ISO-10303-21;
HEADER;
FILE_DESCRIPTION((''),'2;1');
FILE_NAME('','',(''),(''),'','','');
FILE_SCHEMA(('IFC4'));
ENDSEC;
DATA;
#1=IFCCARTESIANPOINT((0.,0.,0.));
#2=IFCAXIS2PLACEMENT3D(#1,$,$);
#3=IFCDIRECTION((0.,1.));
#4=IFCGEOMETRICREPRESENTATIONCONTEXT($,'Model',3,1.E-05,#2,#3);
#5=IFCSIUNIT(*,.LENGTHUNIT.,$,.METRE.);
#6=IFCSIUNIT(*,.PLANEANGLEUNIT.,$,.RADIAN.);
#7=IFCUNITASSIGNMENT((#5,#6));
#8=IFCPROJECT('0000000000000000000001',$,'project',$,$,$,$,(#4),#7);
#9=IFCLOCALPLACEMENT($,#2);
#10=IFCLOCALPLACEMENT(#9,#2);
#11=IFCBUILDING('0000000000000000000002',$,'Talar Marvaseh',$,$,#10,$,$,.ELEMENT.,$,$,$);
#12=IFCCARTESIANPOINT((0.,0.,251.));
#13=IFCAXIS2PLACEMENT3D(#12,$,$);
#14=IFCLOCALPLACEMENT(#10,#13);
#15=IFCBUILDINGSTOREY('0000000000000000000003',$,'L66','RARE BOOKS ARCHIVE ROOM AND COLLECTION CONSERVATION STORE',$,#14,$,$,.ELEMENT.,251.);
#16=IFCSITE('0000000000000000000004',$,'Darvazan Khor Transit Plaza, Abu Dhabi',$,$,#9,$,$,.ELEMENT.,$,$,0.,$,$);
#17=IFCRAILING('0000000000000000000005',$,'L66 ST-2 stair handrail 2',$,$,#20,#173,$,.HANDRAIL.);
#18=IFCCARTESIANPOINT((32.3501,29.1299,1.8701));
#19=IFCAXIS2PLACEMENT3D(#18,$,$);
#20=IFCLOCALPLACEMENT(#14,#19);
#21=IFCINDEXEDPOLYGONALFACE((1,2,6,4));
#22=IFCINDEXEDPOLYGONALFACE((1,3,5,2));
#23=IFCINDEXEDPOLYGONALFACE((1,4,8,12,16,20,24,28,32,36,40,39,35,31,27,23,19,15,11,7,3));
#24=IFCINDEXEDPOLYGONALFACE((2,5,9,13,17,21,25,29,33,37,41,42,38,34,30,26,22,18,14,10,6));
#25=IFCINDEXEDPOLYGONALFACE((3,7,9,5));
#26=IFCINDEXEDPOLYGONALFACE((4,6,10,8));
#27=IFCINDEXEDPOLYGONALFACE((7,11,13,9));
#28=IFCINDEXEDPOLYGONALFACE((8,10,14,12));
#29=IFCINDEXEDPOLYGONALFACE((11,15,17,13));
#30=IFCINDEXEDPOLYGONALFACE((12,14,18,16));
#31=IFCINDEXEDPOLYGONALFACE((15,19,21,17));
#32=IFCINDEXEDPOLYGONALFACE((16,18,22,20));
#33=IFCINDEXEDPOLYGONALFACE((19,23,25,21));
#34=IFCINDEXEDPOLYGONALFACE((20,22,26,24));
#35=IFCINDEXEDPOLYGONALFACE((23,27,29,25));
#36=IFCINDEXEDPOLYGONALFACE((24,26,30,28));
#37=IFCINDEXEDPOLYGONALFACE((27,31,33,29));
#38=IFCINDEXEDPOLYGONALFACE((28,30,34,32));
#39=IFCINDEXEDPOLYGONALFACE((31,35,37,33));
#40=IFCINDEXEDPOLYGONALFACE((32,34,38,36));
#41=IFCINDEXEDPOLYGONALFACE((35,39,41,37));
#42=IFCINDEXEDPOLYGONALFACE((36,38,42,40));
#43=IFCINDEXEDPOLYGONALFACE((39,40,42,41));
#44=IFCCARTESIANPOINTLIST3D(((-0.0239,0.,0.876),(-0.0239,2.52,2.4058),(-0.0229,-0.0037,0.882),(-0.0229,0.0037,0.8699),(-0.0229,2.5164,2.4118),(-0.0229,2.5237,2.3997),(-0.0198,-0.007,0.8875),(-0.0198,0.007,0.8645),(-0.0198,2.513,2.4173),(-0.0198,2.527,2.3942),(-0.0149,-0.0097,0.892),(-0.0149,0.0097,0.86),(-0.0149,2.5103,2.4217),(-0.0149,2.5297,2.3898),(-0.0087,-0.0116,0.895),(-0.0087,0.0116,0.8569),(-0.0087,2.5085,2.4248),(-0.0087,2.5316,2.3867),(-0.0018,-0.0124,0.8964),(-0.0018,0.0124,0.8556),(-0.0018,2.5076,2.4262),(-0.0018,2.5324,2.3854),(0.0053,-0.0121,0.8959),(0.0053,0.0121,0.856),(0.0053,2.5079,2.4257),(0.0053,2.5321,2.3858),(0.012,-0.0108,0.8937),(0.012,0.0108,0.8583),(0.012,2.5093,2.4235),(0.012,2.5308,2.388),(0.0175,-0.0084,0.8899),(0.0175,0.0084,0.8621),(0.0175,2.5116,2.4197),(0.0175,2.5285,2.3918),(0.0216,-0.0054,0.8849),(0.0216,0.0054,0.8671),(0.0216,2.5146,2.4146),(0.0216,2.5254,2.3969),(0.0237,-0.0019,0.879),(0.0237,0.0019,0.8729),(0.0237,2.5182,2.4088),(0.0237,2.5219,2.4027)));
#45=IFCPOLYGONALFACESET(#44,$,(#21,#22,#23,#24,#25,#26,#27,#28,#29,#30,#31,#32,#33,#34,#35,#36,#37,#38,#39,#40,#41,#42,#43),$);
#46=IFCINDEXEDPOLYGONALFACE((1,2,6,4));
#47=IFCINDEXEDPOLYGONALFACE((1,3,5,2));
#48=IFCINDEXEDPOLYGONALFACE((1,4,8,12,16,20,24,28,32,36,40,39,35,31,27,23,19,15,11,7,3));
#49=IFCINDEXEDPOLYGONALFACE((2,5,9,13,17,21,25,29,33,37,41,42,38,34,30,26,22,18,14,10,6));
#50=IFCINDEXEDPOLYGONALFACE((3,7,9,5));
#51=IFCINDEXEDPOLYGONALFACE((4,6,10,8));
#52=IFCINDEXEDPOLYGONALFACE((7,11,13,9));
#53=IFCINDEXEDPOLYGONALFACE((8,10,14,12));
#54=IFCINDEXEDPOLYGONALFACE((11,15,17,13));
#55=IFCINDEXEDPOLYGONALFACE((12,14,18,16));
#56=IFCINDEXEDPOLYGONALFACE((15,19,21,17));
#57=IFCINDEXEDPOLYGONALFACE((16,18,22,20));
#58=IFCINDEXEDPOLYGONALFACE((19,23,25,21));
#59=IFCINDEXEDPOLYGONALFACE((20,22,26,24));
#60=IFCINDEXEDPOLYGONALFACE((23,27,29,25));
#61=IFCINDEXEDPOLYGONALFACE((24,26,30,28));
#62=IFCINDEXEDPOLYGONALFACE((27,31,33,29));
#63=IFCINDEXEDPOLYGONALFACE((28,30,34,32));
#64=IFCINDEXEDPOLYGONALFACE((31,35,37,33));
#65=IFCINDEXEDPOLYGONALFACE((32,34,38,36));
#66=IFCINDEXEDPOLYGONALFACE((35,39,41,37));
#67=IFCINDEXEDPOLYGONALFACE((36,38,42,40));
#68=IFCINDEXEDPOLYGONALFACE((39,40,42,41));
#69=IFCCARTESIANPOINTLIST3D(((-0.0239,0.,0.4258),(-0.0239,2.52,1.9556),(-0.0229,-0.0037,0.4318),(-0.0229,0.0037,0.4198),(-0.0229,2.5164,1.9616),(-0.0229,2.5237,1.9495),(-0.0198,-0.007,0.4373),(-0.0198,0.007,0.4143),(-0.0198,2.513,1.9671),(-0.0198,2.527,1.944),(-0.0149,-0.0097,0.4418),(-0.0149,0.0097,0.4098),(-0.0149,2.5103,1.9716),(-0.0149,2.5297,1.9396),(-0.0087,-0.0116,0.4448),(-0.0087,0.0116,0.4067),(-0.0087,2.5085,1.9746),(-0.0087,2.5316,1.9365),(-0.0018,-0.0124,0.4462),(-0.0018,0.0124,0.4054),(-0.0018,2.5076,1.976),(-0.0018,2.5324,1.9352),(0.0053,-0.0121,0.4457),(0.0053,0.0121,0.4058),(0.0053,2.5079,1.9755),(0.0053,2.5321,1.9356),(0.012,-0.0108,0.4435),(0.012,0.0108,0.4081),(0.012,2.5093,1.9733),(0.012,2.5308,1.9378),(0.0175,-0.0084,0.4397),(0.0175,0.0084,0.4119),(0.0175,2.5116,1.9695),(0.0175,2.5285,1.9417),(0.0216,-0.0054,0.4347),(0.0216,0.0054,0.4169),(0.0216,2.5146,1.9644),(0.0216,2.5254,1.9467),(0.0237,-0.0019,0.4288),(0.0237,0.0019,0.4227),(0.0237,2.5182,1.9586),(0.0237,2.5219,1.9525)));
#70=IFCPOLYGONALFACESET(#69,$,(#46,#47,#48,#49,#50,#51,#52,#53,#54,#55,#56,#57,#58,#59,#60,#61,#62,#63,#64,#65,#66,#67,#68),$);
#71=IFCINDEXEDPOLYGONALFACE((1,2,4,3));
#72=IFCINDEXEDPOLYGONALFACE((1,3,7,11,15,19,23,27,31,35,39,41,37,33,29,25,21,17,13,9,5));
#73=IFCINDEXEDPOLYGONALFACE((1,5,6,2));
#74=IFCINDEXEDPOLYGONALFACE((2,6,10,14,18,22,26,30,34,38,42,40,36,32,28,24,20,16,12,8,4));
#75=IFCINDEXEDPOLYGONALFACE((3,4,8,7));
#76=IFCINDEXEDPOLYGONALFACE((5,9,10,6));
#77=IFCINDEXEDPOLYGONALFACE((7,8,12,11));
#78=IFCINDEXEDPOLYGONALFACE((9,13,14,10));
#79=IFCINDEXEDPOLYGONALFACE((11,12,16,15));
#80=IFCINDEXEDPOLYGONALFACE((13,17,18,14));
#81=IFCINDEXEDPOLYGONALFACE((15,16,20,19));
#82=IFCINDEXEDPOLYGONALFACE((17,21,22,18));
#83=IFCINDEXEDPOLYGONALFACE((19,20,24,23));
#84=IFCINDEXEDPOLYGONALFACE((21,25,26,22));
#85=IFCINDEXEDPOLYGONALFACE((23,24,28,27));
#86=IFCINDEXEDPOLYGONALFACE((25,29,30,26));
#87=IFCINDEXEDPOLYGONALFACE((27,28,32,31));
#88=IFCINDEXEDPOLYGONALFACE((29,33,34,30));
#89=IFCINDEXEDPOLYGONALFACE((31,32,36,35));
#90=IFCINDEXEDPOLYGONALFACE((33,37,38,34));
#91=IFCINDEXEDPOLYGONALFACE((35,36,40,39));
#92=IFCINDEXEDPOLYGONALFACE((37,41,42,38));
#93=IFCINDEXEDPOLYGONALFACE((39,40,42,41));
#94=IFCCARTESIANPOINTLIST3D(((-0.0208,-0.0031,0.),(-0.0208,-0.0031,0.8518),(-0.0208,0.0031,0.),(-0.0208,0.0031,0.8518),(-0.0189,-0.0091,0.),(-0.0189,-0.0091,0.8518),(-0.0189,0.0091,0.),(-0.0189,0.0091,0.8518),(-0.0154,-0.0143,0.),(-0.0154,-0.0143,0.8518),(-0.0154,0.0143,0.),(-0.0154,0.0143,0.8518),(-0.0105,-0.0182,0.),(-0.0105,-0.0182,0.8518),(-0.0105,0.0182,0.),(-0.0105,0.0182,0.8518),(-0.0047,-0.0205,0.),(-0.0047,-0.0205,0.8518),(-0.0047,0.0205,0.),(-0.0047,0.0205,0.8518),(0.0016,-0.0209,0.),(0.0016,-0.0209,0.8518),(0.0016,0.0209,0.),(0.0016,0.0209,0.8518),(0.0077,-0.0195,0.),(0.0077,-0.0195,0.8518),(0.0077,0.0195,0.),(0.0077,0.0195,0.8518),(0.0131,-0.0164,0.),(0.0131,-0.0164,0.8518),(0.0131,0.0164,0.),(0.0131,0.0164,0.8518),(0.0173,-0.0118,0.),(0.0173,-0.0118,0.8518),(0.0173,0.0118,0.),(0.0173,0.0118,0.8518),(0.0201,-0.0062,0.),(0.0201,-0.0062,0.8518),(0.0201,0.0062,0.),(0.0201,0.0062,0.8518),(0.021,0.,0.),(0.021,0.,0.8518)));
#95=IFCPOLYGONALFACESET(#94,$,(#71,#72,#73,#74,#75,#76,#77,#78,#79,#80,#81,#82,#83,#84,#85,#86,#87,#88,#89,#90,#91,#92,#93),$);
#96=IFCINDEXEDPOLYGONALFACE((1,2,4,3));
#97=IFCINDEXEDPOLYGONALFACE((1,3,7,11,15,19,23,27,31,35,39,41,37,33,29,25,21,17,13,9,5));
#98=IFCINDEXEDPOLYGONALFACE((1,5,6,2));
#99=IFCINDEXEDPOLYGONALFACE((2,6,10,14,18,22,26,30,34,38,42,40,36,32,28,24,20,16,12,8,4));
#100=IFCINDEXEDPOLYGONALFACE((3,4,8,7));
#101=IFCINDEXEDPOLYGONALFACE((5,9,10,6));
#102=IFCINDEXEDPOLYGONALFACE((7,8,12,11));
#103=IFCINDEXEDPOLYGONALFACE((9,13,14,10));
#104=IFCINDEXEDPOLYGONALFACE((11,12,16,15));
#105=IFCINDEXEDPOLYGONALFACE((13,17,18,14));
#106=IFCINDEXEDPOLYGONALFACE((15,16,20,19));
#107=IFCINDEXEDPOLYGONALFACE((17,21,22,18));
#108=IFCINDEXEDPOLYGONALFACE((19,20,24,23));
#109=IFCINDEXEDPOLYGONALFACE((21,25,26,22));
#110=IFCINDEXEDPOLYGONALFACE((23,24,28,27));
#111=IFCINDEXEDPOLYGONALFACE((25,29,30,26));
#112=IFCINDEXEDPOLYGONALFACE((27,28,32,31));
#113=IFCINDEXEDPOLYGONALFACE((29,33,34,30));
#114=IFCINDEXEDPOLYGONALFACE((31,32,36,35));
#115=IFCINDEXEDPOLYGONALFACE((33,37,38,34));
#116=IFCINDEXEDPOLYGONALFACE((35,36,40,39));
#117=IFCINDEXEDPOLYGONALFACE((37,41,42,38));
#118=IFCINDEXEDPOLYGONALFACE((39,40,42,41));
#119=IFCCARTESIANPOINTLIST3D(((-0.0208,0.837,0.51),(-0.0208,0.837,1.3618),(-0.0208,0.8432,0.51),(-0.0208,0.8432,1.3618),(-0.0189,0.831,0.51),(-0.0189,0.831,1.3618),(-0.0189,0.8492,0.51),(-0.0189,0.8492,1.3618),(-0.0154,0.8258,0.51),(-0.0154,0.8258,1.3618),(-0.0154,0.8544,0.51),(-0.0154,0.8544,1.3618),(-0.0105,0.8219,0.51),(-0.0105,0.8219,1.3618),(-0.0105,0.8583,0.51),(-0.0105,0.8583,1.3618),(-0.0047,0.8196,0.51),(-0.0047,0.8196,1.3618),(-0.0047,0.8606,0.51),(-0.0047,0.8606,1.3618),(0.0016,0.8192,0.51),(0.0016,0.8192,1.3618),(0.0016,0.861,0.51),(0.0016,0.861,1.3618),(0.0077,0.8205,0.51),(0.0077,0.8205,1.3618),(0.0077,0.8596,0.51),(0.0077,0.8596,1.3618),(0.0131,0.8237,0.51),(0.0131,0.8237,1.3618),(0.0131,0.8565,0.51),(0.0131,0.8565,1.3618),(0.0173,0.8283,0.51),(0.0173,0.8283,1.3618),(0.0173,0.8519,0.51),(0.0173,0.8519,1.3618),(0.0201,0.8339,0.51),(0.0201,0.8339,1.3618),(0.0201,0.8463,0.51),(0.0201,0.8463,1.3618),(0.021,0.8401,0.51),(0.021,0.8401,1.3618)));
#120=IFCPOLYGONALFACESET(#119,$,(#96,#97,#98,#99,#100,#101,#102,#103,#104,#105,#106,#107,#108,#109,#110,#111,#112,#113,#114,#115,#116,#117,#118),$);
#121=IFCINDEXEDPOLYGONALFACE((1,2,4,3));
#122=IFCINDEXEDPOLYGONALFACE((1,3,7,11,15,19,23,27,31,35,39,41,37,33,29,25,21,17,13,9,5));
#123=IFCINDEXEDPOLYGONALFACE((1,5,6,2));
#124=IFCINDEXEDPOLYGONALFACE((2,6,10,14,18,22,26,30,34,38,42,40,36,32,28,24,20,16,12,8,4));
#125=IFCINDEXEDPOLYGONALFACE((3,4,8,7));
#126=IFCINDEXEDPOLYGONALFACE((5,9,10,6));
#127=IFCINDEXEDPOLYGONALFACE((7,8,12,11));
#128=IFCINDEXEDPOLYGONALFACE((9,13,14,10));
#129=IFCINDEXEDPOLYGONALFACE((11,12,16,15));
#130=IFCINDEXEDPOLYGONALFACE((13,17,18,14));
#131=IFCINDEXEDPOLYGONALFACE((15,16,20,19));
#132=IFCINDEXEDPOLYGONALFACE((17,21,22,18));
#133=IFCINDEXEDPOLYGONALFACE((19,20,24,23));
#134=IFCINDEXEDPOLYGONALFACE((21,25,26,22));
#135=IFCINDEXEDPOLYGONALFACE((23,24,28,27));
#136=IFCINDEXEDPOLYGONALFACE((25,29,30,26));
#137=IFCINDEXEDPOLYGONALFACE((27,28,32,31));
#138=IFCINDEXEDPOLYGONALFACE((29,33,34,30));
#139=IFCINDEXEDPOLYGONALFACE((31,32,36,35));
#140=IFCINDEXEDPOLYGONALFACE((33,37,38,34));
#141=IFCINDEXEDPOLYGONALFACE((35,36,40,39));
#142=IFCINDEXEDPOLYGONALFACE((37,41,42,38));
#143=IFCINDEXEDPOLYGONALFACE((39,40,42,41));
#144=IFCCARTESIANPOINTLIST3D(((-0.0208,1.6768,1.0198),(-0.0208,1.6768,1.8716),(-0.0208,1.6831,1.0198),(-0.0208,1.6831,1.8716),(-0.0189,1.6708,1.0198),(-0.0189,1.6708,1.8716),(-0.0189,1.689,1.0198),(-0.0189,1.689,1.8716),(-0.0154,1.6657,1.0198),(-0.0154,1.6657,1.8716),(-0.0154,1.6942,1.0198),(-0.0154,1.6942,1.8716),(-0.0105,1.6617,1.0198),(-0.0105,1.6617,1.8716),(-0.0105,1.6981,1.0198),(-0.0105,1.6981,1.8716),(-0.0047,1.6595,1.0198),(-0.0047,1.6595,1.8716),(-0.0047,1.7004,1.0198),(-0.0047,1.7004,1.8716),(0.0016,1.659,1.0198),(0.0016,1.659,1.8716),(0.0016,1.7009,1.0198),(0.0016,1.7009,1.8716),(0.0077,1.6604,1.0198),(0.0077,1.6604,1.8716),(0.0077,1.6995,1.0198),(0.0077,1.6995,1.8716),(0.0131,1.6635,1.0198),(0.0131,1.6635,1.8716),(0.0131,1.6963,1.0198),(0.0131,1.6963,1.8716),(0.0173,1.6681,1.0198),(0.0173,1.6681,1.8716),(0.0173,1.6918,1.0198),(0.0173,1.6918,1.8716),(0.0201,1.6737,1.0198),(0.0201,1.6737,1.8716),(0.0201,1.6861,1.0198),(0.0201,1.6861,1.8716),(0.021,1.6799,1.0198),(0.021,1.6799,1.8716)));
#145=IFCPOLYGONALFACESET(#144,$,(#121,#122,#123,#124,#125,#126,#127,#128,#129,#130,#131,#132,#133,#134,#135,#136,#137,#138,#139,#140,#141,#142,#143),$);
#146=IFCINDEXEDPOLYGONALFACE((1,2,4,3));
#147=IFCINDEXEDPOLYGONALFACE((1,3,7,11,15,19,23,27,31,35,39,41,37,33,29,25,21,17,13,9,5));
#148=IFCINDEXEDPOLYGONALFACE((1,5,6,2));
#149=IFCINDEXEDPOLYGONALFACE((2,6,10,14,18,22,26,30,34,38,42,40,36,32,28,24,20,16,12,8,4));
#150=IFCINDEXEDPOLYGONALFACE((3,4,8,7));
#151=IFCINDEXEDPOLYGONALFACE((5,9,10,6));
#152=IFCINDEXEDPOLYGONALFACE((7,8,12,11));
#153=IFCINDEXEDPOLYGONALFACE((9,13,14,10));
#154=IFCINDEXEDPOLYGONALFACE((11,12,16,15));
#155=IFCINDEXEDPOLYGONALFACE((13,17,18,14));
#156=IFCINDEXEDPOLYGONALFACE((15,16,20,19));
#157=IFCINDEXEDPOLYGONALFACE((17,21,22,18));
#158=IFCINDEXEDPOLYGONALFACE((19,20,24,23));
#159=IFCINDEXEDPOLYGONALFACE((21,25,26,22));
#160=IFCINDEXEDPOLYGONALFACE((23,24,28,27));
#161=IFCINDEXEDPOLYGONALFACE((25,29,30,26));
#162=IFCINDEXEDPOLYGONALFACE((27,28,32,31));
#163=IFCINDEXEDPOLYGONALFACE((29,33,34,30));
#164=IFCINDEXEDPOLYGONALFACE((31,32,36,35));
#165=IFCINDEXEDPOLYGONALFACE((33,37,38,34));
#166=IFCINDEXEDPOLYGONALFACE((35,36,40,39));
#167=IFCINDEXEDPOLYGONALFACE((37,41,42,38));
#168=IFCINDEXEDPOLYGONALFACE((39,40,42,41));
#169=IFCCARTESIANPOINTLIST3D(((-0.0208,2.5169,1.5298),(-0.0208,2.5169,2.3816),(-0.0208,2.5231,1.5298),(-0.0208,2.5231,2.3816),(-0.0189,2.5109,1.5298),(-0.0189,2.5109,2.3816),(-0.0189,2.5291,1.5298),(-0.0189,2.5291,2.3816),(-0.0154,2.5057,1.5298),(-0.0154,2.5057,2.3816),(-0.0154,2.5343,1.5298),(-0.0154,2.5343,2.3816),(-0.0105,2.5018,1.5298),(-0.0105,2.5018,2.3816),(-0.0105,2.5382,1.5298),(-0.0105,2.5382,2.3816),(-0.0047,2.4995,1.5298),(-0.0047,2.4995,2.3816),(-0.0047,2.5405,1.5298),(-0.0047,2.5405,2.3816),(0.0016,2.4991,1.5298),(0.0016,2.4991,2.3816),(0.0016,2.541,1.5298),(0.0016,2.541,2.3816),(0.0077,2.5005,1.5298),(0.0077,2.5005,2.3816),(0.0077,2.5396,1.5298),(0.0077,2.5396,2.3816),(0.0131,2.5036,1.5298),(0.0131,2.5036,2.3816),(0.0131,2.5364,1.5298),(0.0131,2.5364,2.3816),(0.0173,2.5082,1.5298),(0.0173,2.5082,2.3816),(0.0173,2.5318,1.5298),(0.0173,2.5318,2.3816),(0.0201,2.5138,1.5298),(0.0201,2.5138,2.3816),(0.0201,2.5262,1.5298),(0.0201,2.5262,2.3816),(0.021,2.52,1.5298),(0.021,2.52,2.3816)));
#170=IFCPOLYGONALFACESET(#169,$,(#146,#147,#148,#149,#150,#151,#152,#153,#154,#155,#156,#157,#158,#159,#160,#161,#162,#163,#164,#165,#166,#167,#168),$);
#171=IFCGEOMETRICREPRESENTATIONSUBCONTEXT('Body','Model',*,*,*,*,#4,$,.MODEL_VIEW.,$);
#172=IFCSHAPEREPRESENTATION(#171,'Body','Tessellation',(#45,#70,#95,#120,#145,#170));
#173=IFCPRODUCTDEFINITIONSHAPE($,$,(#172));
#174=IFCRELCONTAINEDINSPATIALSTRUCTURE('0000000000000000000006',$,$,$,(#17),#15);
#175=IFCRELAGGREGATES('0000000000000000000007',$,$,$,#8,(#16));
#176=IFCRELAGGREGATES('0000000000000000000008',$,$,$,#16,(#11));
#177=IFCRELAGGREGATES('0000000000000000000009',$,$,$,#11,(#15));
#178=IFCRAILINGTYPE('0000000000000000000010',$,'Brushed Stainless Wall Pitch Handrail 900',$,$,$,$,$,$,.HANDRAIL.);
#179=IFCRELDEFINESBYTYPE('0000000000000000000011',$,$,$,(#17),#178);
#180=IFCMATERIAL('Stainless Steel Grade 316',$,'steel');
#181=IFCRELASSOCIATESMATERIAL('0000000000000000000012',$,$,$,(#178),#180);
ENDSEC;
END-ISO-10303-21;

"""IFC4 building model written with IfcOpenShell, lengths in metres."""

from ifc_helpers import new_model, si_unit, direction, frame, origin, origin_2d, place, context, subcontext, project, spatial, circle, extrude, material, type_object, element, save


model = new_model("IFC4")

# Units and contexts
model_context = context("Model", 3, precision=1e-05, world=origin(), true_north=direction((0.0, 1.0)))
body_context = subcontext(model_context, "Body", "Model", "MODEL_VIEW")
ifc_project = project(units=[si_unit("LENGTHUNIT", "METRE"), si_unit("PLANEANGLEUNIT", "RADIAN")], contexts=[model_context])

# Site, building, storey
site_placement = place(None, origin())
site = spatial("IfcSite", under=ifc_project, at=site_placement, Name="Darvazan Khor Transit Plaza, Abu Dhabi", CompositionType="ELEMENT", RefElevation=0.0)
building_placement = place(site_placement, origin())
building = spatial("IfcBuilding", under=site, at=building_placement, Name="Talar Marvaseh", CompositionType="ELEMENT")
storey_placement = place(building_placement, frame((0.0, 0.0, 251.0)))
storey = spatial("IfcBuildingStorey", under=building, at=storey_placement, Name="L66", Description="RARE BOOKS ARCHIVE ROOM AND COLLECTION CONSERVATION STORE", CompositionType="ELEMENT", Elevation=251.0)

# Shared definitions
ifc_material_1 = material(Name="Stainless Steel Grade 316", Category="steel")

# Railing
railing_type_1 = type_object("IfcRailingType", Name="Brushed Stainless Wall Pitch Handrail 900", PredefinedType="HANDRAIL", material=ifc_material_1)
railing_1_placement = place(storey_placement, frame((32.3501, 29.1299, 1.8701)))
element("IfcRailing", 1, at=railing_1_placement, inside=storey, type_object=railing_type_1, Name="L66 ST-2 stair handrail 2", PredefinedType="HANDRAIL", context=body_context, shape_type="SweptSolid", body=[
    extrude(circle(Radius=0.0239, at=origin_2d()), frame((0.0, 0.0, 0.876), z_axis=(0.0, 0.854822, 0.518922), x_axis=(-1.0, 0.0, 0.0)), (0.0, 0.0, 1.0), 2.948),
    extrude(circle(Radius=0.0239, at=origin_2d()), frame((0.0, 0.0, 0.4258), z_axis=(0.0, 0.854822, 0.518922), x_axis=(-1.0, 0.0, 0.0)), (0.0, 0.0, 1.0), 2.948),
    extrude(circle(Radius=0.021, at=origin_2d()), origin(), (0.0, 0.0, 1.0), 0.8518),
    extrude(circle(Radius=0.021, at=origin_2d()), frame((0.0, 0.8401, 0.51)), (0.0, 0.0, 1.0), 0.8518),
    extrude(circle(Radius=0.021, at=origin_2d()), frame((0.0, 1.6799, 1.0198)), (0.0, 0.0, 1.0), 0.8518),
    extrude(circle(Radius=0.021, at=origin_2d()), frame((0.0, 2.52, 1.5298)), (0.0, 0.0, 1.0), 0.8518),
])

save(model, "model.ifc")
